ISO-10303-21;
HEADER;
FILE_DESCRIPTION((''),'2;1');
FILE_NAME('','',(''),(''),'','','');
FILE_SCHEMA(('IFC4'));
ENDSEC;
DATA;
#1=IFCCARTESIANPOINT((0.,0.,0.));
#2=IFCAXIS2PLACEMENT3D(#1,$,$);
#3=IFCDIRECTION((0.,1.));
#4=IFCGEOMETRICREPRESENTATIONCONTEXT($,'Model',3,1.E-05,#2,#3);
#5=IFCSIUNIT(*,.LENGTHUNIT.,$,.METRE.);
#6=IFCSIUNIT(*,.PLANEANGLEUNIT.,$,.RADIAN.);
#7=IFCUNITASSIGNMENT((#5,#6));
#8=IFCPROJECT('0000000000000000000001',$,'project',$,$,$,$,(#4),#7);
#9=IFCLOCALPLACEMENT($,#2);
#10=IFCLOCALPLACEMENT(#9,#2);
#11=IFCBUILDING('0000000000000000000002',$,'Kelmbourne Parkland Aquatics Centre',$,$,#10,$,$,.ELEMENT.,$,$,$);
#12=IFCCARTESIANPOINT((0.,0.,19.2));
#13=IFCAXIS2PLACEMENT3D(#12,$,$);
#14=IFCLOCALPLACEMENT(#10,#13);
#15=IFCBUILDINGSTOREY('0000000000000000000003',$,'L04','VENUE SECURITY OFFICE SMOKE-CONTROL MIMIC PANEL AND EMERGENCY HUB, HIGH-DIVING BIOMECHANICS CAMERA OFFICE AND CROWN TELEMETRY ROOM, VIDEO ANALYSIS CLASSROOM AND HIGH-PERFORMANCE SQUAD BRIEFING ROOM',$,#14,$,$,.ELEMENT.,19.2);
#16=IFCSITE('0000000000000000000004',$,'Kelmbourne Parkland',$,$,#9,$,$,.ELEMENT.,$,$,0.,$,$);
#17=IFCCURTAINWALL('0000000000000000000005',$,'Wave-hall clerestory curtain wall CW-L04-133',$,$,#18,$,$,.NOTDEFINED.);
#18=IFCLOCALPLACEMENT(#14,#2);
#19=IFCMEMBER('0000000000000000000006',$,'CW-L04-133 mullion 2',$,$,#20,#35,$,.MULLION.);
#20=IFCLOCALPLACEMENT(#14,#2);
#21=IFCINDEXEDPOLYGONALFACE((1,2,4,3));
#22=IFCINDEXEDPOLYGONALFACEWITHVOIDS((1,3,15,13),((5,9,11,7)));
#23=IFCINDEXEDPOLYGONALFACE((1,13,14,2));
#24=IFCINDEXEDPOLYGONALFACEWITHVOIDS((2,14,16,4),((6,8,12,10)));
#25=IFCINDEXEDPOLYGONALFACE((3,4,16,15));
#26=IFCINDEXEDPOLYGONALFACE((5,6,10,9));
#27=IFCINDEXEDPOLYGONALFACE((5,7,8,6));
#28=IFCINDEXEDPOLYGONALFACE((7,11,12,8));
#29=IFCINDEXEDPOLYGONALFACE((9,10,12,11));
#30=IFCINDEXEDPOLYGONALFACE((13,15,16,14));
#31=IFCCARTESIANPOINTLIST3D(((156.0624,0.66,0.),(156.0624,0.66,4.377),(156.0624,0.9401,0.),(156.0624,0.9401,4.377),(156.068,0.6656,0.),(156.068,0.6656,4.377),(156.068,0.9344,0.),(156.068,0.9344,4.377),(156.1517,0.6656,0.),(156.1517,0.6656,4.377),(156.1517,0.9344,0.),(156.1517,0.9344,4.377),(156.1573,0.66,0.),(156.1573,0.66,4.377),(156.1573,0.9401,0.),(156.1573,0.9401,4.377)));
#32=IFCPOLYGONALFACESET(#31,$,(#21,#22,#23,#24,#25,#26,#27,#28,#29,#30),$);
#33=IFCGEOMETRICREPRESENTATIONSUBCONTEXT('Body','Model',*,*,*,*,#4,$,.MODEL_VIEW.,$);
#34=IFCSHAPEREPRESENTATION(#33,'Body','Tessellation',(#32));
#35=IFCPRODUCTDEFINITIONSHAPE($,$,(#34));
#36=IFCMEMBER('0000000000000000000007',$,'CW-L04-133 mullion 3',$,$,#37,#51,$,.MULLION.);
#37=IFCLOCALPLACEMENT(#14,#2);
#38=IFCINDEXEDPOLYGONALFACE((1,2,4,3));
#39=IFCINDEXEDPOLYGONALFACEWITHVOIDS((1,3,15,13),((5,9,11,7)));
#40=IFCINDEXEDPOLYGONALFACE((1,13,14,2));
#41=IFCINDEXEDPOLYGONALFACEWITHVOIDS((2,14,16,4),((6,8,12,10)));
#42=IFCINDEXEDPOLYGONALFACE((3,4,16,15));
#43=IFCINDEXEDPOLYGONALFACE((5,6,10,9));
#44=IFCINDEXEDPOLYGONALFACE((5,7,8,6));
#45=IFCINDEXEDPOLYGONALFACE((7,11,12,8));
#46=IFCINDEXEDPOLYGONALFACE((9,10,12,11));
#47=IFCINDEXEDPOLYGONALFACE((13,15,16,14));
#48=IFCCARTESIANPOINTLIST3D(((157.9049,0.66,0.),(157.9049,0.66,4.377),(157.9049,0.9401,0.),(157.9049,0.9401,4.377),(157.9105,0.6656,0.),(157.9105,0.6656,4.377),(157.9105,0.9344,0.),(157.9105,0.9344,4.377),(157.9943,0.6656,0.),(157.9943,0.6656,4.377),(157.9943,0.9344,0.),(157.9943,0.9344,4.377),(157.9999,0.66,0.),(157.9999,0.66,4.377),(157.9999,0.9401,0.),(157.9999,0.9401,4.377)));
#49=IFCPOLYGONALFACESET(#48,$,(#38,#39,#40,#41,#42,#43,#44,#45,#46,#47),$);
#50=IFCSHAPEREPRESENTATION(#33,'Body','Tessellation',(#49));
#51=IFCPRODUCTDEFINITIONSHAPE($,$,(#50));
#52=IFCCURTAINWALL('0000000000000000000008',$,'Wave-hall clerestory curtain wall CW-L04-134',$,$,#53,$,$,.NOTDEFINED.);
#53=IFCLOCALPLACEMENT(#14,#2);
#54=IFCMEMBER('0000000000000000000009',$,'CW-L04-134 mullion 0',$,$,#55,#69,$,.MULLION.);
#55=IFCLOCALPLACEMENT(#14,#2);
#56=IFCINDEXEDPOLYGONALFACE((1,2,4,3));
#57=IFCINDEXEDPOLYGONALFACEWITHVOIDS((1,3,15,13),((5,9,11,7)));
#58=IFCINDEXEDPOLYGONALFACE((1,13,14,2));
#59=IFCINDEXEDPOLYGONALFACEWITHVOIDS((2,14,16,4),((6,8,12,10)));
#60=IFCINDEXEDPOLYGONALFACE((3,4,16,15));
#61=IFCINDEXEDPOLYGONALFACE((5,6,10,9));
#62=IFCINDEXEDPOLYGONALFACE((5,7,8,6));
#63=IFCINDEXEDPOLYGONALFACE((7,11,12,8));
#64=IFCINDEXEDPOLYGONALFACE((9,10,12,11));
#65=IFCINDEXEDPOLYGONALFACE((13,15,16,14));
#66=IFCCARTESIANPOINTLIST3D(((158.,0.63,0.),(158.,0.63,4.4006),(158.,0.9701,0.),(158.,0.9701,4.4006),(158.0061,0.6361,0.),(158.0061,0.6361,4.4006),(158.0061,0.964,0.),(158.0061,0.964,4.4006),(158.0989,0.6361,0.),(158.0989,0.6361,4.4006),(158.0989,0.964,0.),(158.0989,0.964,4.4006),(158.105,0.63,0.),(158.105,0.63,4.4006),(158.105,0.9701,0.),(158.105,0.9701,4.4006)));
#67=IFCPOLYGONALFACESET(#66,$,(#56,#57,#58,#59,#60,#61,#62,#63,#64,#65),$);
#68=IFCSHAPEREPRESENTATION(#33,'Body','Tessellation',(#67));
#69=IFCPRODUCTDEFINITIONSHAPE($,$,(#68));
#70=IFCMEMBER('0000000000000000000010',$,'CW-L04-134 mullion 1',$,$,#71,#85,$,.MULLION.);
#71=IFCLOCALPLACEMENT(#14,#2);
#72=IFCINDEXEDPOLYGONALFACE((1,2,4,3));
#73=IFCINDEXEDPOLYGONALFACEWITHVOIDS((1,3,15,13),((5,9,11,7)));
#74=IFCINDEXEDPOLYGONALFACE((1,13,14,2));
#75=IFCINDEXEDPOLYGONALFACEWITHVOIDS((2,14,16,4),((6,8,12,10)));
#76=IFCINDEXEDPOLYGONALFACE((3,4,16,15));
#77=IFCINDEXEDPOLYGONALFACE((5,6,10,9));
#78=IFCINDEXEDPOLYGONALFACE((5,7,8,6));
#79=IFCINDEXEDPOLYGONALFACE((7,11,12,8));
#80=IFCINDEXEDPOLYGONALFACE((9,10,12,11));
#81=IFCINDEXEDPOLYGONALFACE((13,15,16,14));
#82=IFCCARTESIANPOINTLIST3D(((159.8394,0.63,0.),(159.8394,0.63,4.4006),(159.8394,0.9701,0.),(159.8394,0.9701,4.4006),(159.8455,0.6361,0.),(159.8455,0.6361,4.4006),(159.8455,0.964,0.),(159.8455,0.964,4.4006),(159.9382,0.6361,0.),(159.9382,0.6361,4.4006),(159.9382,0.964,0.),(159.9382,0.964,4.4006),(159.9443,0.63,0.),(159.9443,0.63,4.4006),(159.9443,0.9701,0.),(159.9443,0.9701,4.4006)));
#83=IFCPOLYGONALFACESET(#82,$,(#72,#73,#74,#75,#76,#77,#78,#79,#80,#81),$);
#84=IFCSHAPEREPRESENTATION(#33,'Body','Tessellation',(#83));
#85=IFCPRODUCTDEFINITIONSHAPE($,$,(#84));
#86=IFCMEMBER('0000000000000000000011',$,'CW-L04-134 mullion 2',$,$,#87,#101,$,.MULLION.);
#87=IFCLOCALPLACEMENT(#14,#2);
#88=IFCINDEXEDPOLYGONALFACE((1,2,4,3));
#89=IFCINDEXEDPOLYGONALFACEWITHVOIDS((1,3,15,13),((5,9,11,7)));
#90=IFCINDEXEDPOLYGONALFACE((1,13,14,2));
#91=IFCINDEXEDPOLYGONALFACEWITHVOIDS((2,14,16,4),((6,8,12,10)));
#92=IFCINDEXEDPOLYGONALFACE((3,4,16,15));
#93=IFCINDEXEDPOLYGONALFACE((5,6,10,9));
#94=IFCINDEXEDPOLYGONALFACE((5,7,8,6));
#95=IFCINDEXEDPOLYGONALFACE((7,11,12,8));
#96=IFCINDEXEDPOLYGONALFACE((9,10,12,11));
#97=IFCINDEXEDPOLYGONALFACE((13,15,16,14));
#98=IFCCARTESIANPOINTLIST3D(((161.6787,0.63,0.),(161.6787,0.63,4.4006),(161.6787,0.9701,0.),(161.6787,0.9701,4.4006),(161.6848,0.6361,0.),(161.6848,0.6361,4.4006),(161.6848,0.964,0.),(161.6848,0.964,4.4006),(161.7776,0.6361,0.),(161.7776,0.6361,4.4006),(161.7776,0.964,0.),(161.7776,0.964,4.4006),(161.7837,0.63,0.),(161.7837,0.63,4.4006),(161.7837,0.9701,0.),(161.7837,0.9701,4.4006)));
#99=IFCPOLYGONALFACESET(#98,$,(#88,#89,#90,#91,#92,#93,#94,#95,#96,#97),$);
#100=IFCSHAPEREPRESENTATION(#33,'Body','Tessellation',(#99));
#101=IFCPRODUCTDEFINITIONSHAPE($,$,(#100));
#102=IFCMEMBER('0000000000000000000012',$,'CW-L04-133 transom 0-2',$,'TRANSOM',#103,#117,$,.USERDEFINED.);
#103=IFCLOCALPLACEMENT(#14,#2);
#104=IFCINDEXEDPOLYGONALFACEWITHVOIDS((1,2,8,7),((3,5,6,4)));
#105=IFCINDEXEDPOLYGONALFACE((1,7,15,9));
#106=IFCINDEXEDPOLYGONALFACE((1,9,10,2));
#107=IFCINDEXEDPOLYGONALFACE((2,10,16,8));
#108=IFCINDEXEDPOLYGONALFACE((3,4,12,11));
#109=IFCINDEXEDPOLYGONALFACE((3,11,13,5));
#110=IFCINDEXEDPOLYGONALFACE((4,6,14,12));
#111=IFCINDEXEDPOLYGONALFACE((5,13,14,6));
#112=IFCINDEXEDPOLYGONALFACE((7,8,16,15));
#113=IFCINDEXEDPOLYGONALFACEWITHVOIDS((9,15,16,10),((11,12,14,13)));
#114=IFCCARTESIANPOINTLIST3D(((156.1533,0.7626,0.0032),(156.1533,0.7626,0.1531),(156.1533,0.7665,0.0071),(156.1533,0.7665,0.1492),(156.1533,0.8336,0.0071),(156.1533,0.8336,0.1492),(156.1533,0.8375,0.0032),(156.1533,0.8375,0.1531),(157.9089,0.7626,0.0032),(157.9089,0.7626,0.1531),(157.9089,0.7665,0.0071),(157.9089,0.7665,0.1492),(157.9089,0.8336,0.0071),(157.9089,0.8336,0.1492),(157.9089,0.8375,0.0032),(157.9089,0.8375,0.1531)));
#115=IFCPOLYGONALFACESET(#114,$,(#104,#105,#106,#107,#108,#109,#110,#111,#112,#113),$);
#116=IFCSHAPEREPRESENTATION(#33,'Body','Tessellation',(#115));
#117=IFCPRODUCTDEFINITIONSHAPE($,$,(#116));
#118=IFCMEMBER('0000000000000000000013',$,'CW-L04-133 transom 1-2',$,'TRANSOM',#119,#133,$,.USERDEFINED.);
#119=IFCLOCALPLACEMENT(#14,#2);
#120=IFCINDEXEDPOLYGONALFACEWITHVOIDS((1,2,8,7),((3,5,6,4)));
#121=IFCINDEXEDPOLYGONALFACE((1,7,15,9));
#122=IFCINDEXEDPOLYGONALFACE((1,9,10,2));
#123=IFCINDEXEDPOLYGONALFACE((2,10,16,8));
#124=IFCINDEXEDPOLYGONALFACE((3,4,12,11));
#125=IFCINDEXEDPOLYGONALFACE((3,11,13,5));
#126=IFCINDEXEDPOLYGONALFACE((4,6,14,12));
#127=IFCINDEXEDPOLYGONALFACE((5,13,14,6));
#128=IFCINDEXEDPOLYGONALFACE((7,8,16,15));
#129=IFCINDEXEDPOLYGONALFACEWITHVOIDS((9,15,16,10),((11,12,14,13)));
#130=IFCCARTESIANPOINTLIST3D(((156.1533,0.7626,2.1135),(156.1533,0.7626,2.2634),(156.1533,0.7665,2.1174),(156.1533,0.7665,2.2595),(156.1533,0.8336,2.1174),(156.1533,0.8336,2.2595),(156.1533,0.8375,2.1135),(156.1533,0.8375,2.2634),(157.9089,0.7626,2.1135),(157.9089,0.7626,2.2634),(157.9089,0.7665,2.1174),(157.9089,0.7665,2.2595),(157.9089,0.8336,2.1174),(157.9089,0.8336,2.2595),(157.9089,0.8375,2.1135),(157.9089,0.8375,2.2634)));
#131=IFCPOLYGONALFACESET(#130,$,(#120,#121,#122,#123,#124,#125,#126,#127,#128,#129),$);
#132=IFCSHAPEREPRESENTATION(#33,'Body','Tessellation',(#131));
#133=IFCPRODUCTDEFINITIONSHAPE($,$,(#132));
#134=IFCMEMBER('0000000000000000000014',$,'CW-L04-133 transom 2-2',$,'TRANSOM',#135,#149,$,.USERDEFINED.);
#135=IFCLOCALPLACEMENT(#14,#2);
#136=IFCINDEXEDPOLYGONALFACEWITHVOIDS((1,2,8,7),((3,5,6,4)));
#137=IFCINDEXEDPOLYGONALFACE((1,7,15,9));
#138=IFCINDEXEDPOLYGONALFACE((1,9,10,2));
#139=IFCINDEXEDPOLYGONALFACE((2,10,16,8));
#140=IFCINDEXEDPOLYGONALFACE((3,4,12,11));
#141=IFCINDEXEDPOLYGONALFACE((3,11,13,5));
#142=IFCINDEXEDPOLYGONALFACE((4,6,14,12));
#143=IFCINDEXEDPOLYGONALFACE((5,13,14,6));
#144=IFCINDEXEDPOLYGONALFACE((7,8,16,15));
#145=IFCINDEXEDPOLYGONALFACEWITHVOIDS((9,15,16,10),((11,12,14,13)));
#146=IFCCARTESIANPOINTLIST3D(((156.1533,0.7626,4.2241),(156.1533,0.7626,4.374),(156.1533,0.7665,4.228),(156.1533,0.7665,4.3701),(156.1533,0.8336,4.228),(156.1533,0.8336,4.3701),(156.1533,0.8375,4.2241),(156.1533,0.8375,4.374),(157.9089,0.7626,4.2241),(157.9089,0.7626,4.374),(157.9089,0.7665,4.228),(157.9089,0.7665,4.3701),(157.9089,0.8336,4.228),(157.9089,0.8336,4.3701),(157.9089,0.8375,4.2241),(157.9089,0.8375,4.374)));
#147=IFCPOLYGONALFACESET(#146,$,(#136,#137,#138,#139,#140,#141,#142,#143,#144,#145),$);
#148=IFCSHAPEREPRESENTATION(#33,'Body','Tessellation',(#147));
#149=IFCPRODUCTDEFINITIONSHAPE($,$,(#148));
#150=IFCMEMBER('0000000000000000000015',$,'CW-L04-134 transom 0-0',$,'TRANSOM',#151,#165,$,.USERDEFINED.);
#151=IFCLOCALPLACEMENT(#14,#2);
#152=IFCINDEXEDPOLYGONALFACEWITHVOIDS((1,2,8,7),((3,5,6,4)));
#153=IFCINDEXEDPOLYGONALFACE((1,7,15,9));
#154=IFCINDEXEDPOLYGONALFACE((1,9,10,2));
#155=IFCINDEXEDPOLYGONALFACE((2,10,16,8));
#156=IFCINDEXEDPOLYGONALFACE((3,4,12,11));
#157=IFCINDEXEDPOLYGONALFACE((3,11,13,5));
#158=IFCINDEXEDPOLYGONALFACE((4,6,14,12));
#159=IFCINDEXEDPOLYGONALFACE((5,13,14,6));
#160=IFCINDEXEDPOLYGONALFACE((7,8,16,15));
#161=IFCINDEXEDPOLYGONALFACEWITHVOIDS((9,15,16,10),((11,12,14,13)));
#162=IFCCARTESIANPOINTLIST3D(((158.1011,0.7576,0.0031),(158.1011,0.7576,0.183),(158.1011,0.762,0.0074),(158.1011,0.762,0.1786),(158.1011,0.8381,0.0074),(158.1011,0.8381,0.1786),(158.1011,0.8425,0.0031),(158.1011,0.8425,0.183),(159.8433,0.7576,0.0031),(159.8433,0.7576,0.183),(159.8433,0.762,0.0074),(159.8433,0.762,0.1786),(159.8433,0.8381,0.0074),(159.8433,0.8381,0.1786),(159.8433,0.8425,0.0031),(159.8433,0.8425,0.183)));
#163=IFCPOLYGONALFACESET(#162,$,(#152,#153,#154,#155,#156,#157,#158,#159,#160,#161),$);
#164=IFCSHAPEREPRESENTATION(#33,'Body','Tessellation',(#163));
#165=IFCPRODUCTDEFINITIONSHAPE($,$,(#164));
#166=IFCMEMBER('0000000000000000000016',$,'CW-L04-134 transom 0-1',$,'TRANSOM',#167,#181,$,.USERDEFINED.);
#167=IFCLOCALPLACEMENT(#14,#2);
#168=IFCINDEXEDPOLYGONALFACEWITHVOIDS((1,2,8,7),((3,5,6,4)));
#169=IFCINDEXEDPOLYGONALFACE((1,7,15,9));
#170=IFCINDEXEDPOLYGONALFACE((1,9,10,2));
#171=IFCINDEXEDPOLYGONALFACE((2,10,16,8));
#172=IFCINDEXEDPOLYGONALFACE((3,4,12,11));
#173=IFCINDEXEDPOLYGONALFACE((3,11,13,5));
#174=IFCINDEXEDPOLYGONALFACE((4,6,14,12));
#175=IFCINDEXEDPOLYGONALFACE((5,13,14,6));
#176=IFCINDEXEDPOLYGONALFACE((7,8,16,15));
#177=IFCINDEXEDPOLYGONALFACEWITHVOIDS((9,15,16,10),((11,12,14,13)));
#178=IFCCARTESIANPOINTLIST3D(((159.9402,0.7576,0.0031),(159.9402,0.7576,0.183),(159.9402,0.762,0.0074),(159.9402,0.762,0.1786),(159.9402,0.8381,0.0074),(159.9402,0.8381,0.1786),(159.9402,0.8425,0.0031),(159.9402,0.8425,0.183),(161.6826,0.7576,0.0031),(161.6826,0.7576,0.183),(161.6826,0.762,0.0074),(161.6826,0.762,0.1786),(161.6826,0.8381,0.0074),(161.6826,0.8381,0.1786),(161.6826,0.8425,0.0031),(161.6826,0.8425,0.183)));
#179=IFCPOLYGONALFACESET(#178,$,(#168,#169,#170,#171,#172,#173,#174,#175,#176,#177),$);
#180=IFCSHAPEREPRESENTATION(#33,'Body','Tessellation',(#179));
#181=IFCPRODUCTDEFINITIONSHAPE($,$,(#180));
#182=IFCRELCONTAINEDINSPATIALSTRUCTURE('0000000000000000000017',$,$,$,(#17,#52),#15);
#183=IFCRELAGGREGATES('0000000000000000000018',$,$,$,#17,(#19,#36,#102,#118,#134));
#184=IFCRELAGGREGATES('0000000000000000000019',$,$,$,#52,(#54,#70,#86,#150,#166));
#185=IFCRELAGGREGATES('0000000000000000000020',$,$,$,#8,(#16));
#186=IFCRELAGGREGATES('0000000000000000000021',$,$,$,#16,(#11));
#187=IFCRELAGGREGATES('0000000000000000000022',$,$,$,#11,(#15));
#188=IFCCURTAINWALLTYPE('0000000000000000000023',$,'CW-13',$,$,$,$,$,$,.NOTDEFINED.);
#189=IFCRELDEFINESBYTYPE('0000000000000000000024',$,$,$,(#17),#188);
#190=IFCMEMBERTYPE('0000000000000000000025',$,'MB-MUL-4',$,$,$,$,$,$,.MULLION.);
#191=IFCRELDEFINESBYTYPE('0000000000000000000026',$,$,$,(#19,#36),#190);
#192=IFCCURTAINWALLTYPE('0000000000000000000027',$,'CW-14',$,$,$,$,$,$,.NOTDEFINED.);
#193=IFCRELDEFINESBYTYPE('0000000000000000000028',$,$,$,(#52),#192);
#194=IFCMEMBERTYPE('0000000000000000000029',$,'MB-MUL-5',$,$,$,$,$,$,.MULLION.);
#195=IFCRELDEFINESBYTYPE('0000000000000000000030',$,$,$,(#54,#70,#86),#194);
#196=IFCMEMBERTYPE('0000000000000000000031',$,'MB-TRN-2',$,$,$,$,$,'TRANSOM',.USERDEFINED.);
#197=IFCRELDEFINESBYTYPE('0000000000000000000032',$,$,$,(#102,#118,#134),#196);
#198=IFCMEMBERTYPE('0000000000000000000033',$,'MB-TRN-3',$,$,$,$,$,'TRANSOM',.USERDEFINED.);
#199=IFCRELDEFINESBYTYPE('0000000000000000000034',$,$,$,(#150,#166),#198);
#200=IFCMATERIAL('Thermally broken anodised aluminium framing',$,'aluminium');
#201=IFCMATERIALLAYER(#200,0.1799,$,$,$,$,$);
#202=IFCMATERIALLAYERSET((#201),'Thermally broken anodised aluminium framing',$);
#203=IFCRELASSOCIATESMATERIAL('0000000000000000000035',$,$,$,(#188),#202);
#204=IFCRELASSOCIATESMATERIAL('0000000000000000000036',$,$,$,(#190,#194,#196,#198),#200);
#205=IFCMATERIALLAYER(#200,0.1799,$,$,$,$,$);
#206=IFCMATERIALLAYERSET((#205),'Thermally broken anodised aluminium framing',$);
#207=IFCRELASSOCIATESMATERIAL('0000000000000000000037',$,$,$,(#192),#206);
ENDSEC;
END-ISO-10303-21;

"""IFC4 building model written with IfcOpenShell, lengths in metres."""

from ifc_helpers import new_model, si_unit, direction, frame, origin, origin_2d, place, context, subcontext, project, spatial, hollow_rectangle, extrude, material, layer, layer_set, material_profile, profile_set, type_object, element, aggregate, save


model = new_model("IFC4")

# Units and contexts
model_context = context("Model", 3, precision=1e-05, world=origin(), true_north=direction((0.0, 1.0)))
body_context = subcontext(model_context, "Body", "Model", "MODEL_VIEW")
ifc_project = project(units=[si_unit("LENGTHUNIT", "METRE"), si_unit("PLANEANGLEUNIT", "RADIAN")], contexts=[model_context])

# Site, building, storey
site_placement = place(None, origin())
site = spatial("IfcSite", under=ifc_project, at=site_placement, Name="Kelmbourne Parkland", CompositionType="ELEMENT", RefElevation=0.0)
building_placement = place(site_placement, origin())
building = spatial("IfcBuilding", under=site, at=building_placement, Name="Kelmbourne Parkland Aquatics Centre", CompositionType="ELEMENT")
storey_placement = place(building_placement, frame((0.0, 0.0, 19.2)))
storey = spatial("IfcBuildingStorey", under=building, at=storey_placement, Name="L04", Description="VENUE SECURITY OFFICE SMOKE-CONTROL MIMIC PANEL AND EMERGENCY HUB, HIGH-DIVING BIOMECHANICS CAMERA OFFICE AND CROWN TELEMETRY ROOM, VIDEO ANALYSIS CLASSROOM AND HIGH-PERFORMANCE SQUAD BRIEFING ROOM", CompositionType="ELEMENT", Elevation=19.2)

# Curtain walls, members
ifc_material_1 = material(Name="Thermally broken anodised aluminium framing", Category="aluminium")
ifc_layer_1 = layer(ifc_material_1, 0.1799)
ifc_layer_set_1 = layer_set([ifc_layer_1], Name="Thermally broken anodised aluminium framing")
curtain_wall_type_1 = type_object("IfcCurtainWallType", Name="CW-13", PredefinedType="NOTDEFINED", material=ifc_layer_set_1)
curtain_wall_1_placement = place(storey_placement, origin())
curtain_wall_1 = element("IfcCurtainWall", 1, at=curtain_wall_1_placement, inside=storey, type_object=curtain_wall_type_1, Name="Wave-hall clerestory curtain wall CW-L04-133", PredefinedType="NOTDEFINED")
ifc_material_profile_1 = material_profile(ifc_material_1, hollow_rectangle(XDim=0.095, YDim=0.28, WallThickness=0.0056, at=origin_2d()), Name="CW-M 95x280")
ifc_profile_set_1 = profile_set([ifc_material_profile_1], Name="Thermally broken anodised aluminium framing")
member_type_1 = type_object("IfcMemberType", Name="MB-MUL-4", PredefinedType="MULLION", material=ifc_profile_set_1)
member_1_placement = place(storey_placement, frame((156.1099, 0.8, 0.0), z_axis=(0.0, 0.0, 1.0), x_axis=(1.0, 0.0, 0.0)))
member_1 = element("IfcMember", 2, at=member_1_placement, type_object=member_type_1, Name="CW-L04-133 mullion 2", PredefinedType="MULLION", context=body_context, shape_type="SweptSolid", body=[
    extrude(hollow_rectangle(XDim=0.095, YDim=0.28, WallThickness=0.0056, at=origin_2d()), origin(), (0.0, 0.0, 1.0), 4.377),
])
member_2_placement = place(storey_placement, frame((157.9524, 0.8, 0.0), z_axis=(0.0, 0.0, 1.0), x_axis=(1.0, 0.0, 0.0)))
member_2 = element("IfcMember", 3, at=member_2_placement, type_object=member_type_1, Name="CW-L04-133 mullion 3", PredefinedType="MULLION", context=body_context, shape_type="SweptSolid", body=[
    extrude(hollow_rectangle(XDim=0.095, YDim=0.28, WallThickness=0.0056, at=origin_2d()), origin(), (0.0, 0.0, 1.0), 4.377),
])
ifc_layer_2 = layer(ifc_material_1, 0.1799)
ifc_layer_set_2 = layer_set([ifc_layer_2], Name="Thermally broken anodised aluminium framing")
curtain_wall_type_2 = type_object("IfcCurtainWallType", Name="CW-14", PredefinedType="NOTDEFINED", material=ifc_layer_set_2)
curtain_wall_2_placement = place(storey_placement, origin())
curtain_wall_2 = element("IfcCurtainWall", 4, at=curtain_wall_2_placement, inside=storey, type_object=curtain_wall_type_2, Name="Wave-hall clerestory curtain wall CW-L04-134", PredefinedType="NOTDEFINED")
ifc_material_profile_2 = material_profile(ifc_material_1, hollow_rectangle(XDim=0.105, YDim=0.3401, WallThickness=0.0061, at=origin_2d()), Name="CW-M 105x340")
ifc_profile_set_2 = profile_set([ifc_material_profile_2], Name="Thermally broken anodised aluminium framing")
member_type_2 = type_object("IfcMemberType", Name="MB-MUL-5", PredefinedType="MULLION", material=ifc_profile_set_2)
member_3_placement = place(storey_placement, frame((158.0525, 0.8, 0.0), z_axis=(0.0, 0.0, 1.0), x_axis=(1.0, 0.0, 0.0)))
member_3 = element("IfcMember", 5, at=member_3_placement, type_object=member_type_2, Name="CW-L04-134 mullion 0", PredefinedType="MULLION", context=body_context, shape_type="SweptSolid", body=[
    extrude(hollow_rectangle(XDim=0.105, YDim=0.3401, WallThickness=0.0061, at=origin_2d()), origin(), (0.0, 0.0, 1.0), 4.4006),
])
member_4_placement = place(storey_placement, frame((159.8918, 0.8, 0.0), z_axis=(0.0, 0.0, 1.0), x_axis=(1.0, 0.0, 0.0)))
member_4 = element("IfcMember", 6, at=member_4_placement, type_object=member_type_2, Name="CW-L04-134 mullion 1", PredefinedType="MULLION", context=body_context, shape_type="SweptSolid", body=[
    extrude(hollow_rectangle(XDim=0.105, YDim=0.3401, WallThickness=0.0061, at=origin_2d()), origin(), (0.0, 0.0, 1.0), 4.4006),
])
member_5_placement = place(storey_placement, frame((161.7312, 0.8, 0.0), z_axis=(0.0, 0.0, 1.0), x_axis=(1.0, 0.0, 0.0)))
member_5 = element("IfcMember", 7, at=member_5_placement, type_object=member_type_2, Name="CW-L04-134 mullion 2", PredefinedType="MULLION", context=body_context, shape_type="SweptSolid", body=[
    extrude(hollow_rectangle(XDim=0.105, YDim=0.3401, WallThickness=0.0061, at=origin_2d()), origin(), (0.0, 0.0, 1.0), 4.4006),
])

# Members
ifc_material_profile_3 = material_profile(ifc_material_1, hollow_rectangle(XDim=0.075, YDim=0.1499, WallThickness=0.0039, at=origin_2d()), Name="CW-T 75x150")
ifc_profile_set_3 = profile_set([ifc_material_profile_3], Name="Thermally broken anodised aluminium framing")
member_type_3 = type_object("IfcMemberType", Name="MB-TRN-2", ElementType="TRANSOM", PredefinedType="USERDEFINED", material=ifc_profile_set_3)
member_6_placement = place(storey_placement, frame((156.1533, 0.8, 0.0781), z_axis=(1.0, 0.0, 0.0), x_axis=(0.0, 1.0, 0.0)))
member_6 = element("IfcMember", 8, at=member_6_placement, type_object=member_type_3, Name="CW-L04-133 transom 0-2", ObjectType="TRANSOM", PredefinedType="USERDEFINED", context=body_context, shape_type="SweptSolid", body=[
    extrude(hollow_rectangle(XDim=0.075, YDim=0.1499, WallThickness=0.0039, at=origin_2d()), origin(), (0.0, 0.0, 1.0), 1.7556),
])
member_7_placement = place(storey_placement, frame((156.1533, 0.8, 2.1885), z_axis=(1.0, 0.0, 0.0), x_axis=(0.0, 1.0, 0.0)))
member_7 = element("IfcMember", 9, at=member_7_placement, type_object=member_type_3, Name="CW-L04-133 transom 1-2", ObjectType="TRANSOM", PredefinedType="USERDEFINED", context=body_context, shape_type="SweptSolid", body=[
    extrude(hollow_rectangle(XDim=0.075, YDim=0.1499, WallThickness=0.0039, at=origin_2d()), origin(), (0.0, 0.0, 1.0), 1.7556),
])
member_8_placement = place(storey_placement, frame((156.1533, 0.8, 4.2991), z_axis=(1.0, 0.0, 0.0), x_axis=(0.0, 1.0, 0.0)))
member_8 = element("IfcMember", 10, at=member_8_placement, type_object=member_type_3, Name="CW-L04-133 transom 2-2", ObjectType="TRANSOM", PredefinedType="USERDEFINED", context=body_context, shape_type="SweptSolid", body=[
    extrude(hollow_rectangle(XDim=0.075, YDim=0.1499, WallThickness=0.0039, at=origin_2d()), origin(), (0.0, 0.0, 1.0), 1.7556),
])
ifc_material_profile_4 = material_profile(ifc_material_1, hollow_rectangle(XDim=0.085, YDim=0.1799, WallThickness=0.0044, at=origin_2d()), Name="CW-T 85x180")
ifc_profile_set_4 = profile_set([ifc_material_profile_4], Name="Thermally broken anodised aluminium framing")
member_type_4 = type_object("IfcMemberType", Name="MB-TRN-3", ElementType="TRANSOM", PredefinedType="USERDEFINED", material=ifc_profile_set_4)
member_9_placement = place(storey_placement, frame((158.1011, 0.8, 0.093), z_axis=(1.0, 0.0, 0.0), x_axis=(0.0, 1.0, 0.0)))
member_9 = element("IfcMember", 11, at=member_9_placement, type_object=member_type_4, Name="CW-L04-134 transom 0-0", ObjectType="TRANSOM", PredefinedType="USERDEFINED", context=body_context, shape_type="SweptSolid", body=[
    extrude(hollow_rectangle(XDim=0.085, YDim=0.1799, WallThickness=0.0044, at=origin_2d()), origin(), (0.0, 0.0, 1.0), 1.7422),
])
member_10_placement = place(storey_placement, frame((159.9402, 0.8, 0.093), z_axis=(1.0, 0.0, 0.0), x_axis=(0.0, 1.0, 0.0)))
member_10 = element("IfcMember", 12, at=member_10_placement, type_object=member_type_4, Name="CW-L04-134 transom 0-1", ObjectType="TRANSOM", PredefinedType="USERDEFINED", context=body_context, shape_type="SweptSolid", body=[
    extrude(hollow_rectangle(XDim=0.085, YDim=0.1799, WallThickness=0.0044, at=origin_2d()), origin(), (0.0, 0.0, 1.0), 1.7424),
])

aggregate(curtain_wall_1, [member_1, member_2, member_6, member_7, member_8])
aggregate(curtain_wall_2, [member_3, member_4, member_5, member_9, member_10])

save(model, "model.ifc")
